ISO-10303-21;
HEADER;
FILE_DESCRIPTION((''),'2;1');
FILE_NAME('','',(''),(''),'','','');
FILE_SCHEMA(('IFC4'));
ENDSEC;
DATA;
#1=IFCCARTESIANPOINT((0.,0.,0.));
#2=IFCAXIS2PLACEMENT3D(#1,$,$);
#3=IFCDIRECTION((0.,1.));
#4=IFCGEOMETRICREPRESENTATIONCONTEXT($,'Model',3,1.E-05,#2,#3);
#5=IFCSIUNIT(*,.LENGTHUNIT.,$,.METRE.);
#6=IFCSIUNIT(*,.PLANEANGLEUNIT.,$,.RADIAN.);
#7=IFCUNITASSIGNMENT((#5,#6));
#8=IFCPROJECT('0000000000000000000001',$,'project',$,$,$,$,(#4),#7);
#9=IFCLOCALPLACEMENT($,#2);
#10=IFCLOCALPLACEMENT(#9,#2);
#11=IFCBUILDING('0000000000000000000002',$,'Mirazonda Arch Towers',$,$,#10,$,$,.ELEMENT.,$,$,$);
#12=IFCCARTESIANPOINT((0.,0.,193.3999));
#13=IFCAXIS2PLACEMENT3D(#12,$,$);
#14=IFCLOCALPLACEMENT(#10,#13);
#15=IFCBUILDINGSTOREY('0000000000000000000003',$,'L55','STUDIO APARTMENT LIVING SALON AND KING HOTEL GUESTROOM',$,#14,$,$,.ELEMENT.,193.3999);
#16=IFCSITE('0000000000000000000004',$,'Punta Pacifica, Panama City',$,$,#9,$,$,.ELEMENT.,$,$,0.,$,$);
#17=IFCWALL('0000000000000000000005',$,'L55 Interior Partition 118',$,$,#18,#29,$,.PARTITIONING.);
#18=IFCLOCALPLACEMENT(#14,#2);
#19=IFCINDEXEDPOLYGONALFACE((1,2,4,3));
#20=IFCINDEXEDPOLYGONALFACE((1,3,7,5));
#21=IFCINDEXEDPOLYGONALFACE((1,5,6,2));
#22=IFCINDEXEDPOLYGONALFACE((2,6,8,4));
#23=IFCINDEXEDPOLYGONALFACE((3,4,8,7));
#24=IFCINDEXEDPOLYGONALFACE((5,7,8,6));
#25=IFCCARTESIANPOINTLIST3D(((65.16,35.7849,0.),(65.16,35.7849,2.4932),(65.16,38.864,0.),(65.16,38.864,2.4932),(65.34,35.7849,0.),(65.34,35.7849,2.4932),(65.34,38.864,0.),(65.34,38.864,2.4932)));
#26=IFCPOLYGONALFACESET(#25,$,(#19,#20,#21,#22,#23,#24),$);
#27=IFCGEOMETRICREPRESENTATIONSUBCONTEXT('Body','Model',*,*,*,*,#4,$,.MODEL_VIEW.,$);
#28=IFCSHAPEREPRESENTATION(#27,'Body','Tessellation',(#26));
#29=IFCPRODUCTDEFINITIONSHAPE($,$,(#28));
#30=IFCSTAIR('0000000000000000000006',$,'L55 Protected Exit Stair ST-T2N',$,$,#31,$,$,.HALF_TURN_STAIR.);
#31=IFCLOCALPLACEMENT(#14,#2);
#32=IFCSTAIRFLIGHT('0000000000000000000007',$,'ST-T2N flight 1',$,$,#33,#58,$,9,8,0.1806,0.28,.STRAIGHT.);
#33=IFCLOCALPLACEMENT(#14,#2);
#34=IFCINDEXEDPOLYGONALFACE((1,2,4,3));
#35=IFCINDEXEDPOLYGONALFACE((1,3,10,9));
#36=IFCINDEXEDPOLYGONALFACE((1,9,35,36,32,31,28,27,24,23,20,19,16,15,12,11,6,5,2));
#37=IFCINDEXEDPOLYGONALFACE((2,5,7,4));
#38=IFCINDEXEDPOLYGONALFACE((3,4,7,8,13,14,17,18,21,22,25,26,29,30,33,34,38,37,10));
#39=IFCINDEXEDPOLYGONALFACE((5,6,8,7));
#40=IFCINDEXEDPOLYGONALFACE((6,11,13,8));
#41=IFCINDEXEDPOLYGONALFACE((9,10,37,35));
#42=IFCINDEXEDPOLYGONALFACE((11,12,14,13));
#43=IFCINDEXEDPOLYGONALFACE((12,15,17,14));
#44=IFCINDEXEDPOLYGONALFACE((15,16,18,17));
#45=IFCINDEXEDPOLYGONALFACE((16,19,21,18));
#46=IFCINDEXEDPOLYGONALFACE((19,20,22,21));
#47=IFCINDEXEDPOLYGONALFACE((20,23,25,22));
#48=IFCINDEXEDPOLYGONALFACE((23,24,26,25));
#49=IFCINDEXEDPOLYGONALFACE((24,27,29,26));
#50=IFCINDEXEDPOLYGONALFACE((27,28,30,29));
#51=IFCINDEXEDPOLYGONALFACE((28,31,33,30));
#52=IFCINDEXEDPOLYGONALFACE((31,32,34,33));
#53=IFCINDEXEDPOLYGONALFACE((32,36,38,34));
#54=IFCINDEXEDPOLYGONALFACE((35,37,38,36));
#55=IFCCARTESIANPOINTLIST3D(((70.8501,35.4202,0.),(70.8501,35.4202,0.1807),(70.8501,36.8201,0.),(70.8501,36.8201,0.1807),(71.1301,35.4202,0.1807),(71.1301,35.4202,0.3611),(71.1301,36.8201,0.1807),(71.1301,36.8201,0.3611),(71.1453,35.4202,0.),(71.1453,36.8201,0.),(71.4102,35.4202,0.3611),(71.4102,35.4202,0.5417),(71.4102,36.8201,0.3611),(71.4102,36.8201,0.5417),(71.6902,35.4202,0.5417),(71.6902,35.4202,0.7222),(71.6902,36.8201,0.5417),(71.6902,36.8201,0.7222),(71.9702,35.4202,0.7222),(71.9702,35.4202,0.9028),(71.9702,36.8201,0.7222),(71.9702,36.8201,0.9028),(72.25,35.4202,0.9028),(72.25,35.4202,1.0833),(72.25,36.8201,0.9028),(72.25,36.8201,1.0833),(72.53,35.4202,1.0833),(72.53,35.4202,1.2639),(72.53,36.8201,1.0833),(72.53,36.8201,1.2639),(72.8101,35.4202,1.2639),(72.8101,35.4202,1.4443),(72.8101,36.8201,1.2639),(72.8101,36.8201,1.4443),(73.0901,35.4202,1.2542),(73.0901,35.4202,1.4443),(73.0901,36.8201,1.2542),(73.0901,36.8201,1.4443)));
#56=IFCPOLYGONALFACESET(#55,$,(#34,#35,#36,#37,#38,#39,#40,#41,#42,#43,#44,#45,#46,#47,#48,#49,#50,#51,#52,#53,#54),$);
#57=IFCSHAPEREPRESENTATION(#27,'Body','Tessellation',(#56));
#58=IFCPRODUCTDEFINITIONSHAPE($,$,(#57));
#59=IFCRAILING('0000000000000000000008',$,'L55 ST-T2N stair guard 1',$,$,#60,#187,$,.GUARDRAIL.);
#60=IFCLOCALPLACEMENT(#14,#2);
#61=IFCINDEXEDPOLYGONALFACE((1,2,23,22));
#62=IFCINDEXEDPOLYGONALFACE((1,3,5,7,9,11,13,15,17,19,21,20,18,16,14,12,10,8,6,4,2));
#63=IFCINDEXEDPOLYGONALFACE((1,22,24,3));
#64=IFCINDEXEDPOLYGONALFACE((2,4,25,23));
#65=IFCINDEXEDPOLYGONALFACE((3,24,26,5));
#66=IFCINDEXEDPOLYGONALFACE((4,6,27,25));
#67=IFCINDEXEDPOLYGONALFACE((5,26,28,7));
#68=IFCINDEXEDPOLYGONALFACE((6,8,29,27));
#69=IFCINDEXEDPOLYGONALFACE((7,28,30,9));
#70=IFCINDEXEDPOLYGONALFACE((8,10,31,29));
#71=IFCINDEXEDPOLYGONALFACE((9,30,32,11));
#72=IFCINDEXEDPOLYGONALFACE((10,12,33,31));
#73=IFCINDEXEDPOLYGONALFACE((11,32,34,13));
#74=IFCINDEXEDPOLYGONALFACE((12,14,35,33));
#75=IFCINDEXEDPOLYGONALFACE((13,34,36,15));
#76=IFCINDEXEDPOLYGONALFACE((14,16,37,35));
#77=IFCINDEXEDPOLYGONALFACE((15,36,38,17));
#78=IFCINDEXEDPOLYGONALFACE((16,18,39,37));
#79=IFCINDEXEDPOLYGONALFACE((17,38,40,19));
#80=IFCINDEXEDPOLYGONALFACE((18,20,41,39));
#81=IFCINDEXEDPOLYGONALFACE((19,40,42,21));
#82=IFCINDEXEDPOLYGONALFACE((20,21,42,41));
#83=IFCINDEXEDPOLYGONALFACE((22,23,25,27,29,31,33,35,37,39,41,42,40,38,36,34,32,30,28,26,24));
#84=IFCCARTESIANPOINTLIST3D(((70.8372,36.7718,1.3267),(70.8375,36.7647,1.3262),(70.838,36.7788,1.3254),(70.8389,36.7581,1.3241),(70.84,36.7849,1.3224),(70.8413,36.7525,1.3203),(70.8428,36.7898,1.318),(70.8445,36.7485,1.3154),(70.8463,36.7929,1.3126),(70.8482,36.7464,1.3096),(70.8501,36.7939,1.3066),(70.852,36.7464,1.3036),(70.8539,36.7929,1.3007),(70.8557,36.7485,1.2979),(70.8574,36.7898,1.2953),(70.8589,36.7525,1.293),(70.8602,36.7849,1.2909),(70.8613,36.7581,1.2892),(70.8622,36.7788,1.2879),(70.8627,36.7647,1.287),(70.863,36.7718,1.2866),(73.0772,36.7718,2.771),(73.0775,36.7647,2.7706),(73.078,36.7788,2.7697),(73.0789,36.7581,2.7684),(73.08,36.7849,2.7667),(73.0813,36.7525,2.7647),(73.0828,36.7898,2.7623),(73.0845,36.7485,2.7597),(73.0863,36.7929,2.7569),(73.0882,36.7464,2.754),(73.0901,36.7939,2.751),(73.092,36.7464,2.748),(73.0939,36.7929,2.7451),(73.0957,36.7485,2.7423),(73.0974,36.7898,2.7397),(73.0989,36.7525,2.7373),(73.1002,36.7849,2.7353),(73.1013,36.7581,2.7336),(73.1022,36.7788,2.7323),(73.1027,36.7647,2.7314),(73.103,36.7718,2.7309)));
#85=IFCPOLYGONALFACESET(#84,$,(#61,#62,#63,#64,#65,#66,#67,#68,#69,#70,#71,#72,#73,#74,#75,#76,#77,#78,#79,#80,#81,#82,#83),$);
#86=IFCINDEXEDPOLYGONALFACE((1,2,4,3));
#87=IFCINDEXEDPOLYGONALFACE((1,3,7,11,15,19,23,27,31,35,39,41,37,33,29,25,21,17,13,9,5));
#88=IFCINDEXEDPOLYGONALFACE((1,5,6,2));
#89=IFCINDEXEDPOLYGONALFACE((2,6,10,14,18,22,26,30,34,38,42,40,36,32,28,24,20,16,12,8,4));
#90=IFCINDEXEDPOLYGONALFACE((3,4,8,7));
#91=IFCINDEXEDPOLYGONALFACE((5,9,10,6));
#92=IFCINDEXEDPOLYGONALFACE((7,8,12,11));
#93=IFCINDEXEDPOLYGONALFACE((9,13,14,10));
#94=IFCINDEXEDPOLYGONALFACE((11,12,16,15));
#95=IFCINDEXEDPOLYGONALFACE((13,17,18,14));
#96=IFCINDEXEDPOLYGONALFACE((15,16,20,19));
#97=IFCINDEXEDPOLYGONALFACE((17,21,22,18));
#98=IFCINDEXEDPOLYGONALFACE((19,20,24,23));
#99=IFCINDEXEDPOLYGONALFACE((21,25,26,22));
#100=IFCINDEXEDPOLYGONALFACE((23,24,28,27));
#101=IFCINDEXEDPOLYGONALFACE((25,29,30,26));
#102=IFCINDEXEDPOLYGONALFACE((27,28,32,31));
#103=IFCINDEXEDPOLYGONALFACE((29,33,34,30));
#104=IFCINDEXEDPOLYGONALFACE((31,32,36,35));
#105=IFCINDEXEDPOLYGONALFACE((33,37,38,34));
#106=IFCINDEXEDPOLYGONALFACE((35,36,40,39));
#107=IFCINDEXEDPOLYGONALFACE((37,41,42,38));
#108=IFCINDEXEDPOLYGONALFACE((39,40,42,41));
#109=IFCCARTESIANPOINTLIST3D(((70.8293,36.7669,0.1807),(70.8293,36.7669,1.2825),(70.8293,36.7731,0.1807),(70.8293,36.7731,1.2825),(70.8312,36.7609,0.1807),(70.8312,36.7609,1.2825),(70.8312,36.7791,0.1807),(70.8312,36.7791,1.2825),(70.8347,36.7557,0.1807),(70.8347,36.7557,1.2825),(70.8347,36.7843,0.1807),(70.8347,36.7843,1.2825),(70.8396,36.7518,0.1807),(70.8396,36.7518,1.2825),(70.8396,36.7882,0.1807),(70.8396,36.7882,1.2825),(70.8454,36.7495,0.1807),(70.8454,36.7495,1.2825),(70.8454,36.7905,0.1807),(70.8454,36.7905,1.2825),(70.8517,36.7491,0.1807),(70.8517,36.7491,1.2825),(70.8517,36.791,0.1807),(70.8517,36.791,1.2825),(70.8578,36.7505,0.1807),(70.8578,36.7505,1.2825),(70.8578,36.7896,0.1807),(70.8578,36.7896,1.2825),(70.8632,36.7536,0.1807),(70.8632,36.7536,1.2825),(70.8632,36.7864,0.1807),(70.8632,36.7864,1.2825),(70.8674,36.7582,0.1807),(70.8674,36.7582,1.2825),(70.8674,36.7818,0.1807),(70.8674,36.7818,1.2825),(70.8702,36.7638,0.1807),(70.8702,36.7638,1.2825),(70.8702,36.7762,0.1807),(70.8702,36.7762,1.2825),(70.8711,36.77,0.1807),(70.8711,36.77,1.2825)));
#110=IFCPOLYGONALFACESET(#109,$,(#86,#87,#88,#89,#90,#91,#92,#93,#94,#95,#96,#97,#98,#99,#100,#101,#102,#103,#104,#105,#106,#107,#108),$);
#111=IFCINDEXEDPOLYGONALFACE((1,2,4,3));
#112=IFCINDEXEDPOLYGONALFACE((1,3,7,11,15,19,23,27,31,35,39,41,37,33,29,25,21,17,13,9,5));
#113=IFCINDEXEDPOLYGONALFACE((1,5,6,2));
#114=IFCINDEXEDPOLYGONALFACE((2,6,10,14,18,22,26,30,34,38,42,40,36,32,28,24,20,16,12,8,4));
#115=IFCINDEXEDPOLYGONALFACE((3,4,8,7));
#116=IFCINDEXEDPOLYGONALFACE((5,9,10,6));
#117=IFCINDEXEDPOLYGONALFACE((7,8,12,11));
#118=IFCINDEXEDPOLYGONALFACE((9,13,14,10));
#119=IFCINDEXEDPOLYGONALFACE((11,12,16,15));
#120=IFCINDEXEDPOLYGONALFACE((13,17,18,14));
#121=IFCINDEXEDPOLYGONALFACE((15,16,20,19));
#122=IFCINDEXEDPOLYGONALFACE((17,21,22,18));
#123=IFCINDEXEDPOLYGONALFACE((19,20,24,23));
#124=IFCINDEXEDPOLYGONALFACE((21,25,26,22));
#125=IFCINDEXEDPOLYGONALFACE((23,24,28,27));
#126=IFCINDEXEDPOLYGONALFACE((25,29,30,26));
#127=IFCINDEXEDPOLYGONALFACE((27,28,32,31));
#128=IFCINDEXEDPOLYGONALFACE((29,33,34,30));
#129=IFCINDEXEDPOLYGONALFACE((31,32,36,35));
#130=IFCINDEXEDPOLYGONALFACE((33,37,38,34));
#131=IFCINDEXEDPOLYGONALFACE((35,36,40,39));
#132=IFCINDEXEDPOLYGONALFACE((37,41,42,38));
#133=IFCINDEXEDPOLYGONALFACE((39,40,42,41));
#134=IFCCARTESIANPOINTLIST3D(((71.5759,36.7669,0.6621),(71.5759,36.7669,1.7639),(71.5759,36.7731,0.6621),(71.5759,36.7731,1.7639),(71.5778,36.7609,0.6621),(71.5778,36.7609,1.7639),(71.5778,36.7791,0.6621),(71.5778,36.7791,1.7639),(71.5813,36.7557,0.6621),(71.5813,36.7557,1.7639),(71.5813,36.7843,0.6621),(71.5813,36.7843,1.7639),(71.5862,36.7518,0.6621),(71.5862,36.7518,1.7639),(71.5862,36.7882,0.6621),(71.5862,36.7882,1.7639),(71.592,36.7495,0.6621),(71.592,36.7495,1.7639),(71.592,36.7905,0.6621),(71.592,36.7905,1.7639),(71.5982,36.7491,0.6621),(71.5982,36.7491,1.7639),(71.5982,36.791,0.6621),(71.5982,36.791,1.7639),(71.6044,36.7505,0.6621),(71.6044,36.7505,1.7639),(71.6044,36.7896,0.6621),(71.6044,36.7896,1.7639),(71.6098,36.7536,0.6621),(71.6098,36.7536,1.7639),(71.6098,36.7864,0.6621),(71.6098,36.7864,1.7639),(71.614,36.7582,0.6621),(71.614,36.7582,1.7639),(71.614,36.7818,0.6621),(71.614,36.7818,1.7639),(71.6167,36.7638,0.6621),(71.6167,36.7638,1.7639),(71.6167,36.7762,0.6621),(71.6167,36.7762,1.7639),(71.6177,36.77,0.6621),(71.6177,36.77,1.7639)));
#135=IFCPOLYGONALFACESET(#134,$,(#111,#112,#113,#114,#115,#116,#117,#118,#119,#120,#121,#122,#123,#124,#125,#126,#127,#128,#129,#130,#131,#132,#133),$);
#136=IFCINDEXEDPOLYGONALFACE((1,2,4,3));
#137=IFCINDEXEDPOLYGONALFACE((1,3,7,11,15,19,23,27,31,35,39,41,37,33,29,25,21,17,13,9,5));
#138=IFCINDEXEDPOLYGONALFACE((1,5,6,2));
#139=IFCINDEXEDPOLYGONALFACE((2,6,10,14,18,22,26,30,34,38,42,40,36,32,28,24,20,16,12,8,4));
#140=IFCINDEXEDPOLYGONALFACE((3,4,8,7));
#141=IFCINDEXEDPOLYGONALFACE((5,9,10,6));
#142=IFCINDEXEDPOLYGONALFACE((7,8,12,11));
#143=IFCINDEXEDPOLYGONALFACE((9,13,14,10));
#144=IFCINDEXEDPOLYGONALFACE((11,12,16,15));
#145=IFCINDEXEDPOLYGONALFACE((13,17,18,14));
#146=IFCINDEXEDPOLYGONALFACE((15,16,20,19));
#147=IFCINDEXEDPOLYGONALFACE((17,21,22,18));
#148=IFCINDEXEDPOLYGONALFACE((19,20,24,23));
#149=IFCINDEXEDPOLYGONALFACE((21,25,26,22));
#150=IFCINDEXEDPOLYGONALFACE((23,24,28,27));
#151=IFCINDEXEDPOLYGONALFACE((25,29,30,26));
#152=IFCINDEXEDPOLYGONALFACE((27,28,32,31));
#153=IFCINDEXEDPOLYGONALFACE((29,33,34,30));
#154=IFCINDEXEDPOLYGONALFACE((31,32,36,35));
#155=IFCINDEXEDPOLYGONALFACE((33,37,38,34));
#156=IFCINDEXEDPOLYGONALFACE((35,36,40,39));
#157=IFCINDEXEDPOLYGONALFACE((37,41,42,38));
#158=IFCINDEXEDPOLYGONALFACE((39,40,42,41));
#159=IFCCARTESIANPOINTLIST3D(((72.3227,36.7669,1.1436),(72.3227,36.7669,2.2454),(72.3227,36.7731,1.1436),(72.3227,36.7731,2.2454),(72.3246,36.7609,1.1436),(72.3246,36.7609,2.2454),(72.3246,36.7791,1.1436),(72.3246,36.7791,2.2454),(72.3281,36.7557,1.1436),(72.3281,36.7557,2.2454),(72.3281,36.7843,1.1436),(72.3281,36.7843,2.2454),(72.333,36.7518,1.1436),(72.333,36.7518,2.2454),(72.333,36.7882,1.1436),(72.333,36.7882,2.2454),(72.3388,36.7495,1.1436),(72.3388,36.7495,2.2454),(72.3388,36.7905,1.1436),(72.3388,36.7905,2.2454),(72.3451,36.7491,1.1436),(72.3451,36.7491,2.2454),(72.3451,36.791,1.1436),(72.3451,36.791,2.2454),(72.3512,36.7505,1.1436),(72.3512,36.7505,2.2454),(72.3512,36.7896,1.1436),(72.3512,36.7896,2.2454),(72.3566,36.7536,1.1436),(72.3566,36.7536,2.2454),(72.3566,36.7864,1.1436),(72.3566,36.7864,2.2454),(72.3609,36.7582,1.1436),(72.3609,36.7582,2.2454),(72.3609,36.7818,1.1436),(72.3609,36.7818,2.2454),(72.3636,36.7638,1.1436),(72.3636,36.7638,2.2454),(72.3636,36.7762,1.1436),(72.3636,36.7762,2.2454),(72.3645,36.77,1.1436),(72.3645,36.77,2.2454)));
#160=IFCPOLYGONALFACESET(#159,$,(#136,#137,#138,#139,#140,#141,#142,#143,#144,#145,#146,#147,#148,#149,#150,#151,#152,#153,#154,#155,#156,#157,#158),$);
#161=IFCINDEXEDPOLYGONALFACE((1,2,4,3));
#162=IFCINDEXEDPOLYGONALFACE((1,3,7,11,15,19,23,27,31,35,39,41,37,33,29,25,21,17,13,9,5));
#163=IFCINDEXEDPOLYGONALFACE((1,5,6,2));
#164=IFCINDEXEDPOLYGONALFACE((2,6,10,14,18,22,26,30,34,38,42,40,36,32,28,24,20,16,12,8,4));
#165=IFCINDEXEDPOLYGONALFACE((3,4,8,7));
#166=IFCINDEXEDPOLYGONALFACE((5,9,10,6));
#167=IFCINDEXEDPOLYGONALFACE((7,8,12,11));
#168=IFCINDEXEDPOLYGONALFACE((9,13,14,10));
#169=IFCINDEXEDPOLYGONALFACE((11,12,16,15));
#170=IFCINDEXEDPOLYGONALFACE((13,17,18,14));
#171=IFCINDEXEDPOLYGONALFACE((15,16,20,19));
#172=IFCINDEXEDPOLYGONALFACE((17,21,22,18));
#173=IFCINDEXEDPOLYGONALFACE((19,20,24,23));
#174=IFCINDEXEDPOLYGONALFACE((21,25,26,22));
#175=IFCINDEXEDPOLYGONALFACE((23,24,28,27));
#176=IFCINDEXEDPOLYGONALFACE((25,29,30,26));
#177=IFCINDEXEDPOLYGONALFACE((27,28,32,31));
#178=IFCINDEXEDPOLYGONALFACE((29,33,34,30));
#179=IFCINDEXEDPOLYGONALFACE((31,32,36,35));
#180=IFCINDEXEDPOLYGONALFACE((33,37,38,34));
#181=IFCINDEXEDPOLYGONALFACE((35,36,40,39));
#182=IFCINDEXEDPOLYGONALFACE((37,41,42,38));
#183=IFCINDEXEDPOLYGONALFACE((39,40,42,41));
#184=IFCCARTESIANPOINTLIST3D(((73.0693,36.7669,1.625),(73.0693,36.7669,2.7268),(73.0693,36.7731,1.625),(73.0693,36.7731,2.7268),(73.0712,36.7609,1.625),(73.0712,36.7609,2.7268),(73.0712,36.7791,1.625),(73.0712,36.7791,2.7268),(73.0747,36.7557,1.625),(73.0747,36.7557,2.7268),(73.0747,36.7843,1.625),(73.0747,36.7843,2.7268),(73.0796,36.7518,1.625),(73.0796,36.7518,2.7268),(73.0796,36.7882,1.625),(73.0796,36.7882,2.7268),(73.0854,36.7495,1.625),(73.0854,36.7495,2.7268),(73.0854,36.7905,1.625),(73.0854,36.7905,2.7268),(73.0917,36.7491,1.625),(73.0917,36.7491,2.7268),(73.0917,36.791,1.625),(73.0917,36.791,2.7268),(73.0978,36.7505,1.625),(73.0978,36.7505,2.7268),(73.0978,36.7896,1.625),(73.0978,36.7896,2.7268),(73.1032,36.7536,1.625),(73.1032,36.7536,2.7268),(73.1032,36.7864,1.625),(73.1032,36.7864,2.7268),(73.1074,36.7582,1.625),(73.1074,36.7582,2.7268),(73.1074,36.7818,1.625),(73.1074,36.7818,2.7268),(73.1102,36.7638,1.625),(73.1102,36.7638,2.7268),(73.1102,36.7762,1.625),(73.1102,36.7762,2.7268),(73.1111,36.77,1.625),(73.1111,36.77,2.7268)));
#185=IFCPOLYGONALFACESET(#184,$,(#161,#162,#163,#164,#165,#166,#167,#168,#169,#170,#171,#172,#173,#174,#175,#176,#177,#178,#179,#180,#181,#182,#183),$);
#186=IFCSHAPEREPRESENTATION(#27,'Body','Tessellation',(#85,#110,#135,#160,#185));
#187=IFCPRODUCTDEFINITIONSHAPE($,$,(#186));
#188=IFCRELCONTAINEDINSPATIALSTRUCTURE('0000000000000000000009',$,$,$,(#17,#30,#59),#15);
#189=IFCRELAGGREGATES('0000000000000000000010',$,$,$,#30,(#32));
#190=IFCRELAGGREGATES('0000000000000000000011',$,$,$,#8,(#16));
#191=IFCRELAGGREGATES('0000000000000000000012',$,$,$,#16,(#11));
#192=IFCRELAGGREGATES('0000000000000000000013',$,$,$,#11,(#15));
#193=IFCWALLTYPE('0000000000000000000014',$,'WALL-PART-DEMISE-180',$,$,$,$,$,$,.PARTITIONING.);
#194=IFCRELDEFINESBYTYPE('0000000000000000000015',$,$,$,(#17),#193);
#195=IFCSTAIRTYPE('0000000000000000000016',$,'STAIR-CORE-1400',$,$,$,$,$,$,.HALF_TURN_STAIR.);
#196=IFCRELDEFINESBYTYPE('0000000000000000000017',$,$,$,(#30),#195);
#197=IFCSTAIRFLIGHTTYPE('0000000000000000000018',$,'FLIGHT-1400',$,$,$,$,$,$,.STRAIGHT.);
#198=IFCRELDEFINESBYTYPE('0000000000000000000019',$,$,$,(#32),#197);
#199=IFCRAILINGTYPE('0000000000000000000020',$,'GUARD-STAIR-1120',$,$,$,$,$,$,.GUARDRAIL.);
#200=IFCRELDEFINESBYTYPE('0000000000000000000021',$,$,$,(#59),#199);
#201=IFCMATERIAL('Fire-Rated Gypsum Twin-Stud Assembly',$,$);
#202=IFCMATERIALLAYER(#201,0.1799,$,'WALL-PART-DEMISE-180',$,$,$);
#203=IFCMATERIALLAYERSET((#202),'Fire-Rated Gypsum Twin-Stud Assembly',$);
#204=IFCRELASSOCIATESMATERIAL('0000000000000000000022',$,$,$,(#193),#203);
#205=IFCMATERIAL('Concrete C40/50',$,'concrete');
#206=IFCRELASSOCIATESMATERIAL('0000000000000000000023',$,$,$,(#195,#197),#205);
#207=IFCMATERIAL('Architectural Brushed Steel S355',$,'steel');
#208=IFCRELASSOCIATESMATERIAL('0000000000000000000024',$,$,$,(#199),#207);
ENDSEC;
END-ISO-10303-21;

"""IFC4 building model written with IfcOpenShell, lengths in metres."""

from ifc_helpers import new_model, si_unit, direction, frame, frame_2d, origin, origin_2d, place, context, subcontext, project, spatial, polyline, rectangle, circle, outline, extrude, material, layer, layer_set, type_object, element, aggregate, save


model = new_model("IFC4")

# Units and contexts
model_context = context("Model", 3, precision=1e-05, world=origin(), true_north=direction((0.0, 1.0)))
body_context = subcontext(model_context, "Body", "Model", "MODEL_VIEW")
ifc_project = project(units=[si_unit("LENGTHUNIT", "METRE"), si_unit("PLANEANGLEUNIT", "RADIAN")], contexts=[model_context])

# Site, building, storey
site_placement = place(None, origin())
site = spatial("IfcSite", under=ifc_project, at=site_placement, Name="Punta Pacifica, Panama City", CompositionType="ELEMENT", RefElevation=0.0)
building_placement = place(site_placement, origin())
building = spatial("IfcBuilding", under=site, at=building_placement, Name="Mirazonda Arch Towers", CompositionType="ELEMENT")
storey_placement = place(building_placement, frame((0.0, 0.0, 193.3999)))
storey = spatial("IfcBuildingStorey", under=building, at=storey_placement, Name="L55", Description="STUDIO APARTMENT LIVING SALON AND KING HOTEL GUESTROOM", CompositionType="ELEMENT", Elevation=193.3999)

# Wall
ifc_material_1 = material(Name="Fire-Rated Gypsum Twin-Stud Assembly")
ifc_layer_1 = layer(ifc_material_1, 0.1799, Name="WALL-PART-DEMISE-180")
ifc_layer_set_1 = layer_set([ifc_layer_1], Name="Fire-Rated Gypsum Twin-Stud Assembly")
wall_type_1 = type_object("IfcWallType", Name="WALL-PART-DEMISE-180", PredefinedType="PARTITIONING", material=ifc_layer_set_1)
wall_1_placement = place(storey_placement, frame((65.25, 35.7849, 0.0), z_axis=(0.0, 0.0, 1.0), x_axis=(0.0, 1.0, 0.0)))
element("IfcWall", 1, at=wall_1_placement, inside=storey, type_object=wall_type_1, Name="L55 Interior Partition 118", PredefinedType="PARTITIONING", context=body_context, shape_type="SweptSolid", body=[
    extrude(rectangle(XDim=3.0791, YDim=0.1799, at=frame_2d((1.5396, 0.0))), origin(), (0.0, 0.0, 1.0), 2.4932),
])

# Stair, stair flight
ifc_material_2 = material(Name="Concrete C40/50", Category="concrete")
stair_type = type_object("IfcStairType", Name="STAIR-CORE-1400", PredefinedType="HALF_TURN_STAIR", material=ifc_material_2)
stair_placement = place(storey_placement, origin())
stair = element("IfcStair", 2, at=stair_placement, inside=storey, type_object=stair_type, Name="L55 Protected Exit Stair ST-T2N", PredefinedType="HALF_TURN_STAIR")
stair_flight_type = type_object("IfcStairFlightType", Name="FLIGHT-1400", PredefinedType="STRAIGHT", material=ifc_material_2)
stair_flight_placement = place(storey_placement, frame((70.8501, 36.1201, 0.0), z_axis=(0.0, 0.0, 1.0), x_axis=(1.0, 0.0, 0.0)))
stair_flight = element("IfcStairFlight", 3, at=stair_flight_placement, type_object=stair_flight_type, Name="ST-T2N flight 1", NumberOfRisers=9, NumberOfTreads=8, PredefinedType="STRAIGHT", RiserHeight=0.1806, TreadLength=0.28, context=body_context, shape_type="SweptSolid", body=[
    extrude(outline(polyline([(0.0, 0.0), (0.0, 0.1807), (0.28, 0.1807), (0.28, 0.3611), (0.5601, 0.3611), (0.5601, 0.5417), (0.8401, 0.5417), (0.8401, 0.7222), (1.1201, 0.7222), (1.1201, 0.9028), (1.3999, 0.9028), (1.3999, 1.0833), (1.6799, 1.0833), (1.6799, 1.2639), (1.96, 1.2639), (1.96, 1.4443), (2.24, 1.4443), (2.24, 1.625), (2.24, 1.2542), (0.2952, 0.0), (0.0, 0.0)])), frame((0.0, 0.7, 0.0), z_axis=(0.0, -1.0, 0.0), x_axis=(1.0, 0.0, 0.0)), (0.0, 0.0, 1.0), 1.3999),
])
aggregate(stair, [stair_flight])

# Railing
ifc_material_3 = material(Name="Architectural Brushed Steel S355", Category="steel")
railing_type_1 = type_object("IfcRailingType", Name="GUARD-STAIR-1120", PredefinedType="GUARDRAIL", material=ifc_material_3)
railing_1_placement = place(storey_placement, frame((70.8501, 36.77, 0.1807)))
element("IfcRailing", 4, at=railing_1_placement, inside=storey, type_object=railing_type_1, Name="L55 ST-T2N stair guard 1", PredefinedType="GUARDRAIL", context=body_context, shape_type="SweptSolid", body=[
    extrude(circle(Radius=0.0239, at=origin_2d()), frame((0.0, 0.0, 1.126), z_axis=(0.840437, 0.0, 0.54191), x_axis=(0.0, 1.0, 0.0)), (0.0, 0.0, 1.0), 2.6653),
    extrude(circle(Radius=0.021, at=origin_2d()), origin(), (0.0, 0.0, 1.0), 1.1018),
    extrude(circle(Radius=0.021, at=origin_2d()), frame((0.7466, 0.0, 0.4814)), (0.0, 0.0, 1.0), 1.1018),
    extrude(circle(Radius=0.021, at=origin_2d()), frame((1.4934, 0.0, 0.9629)), (0.0, 0.0, 1.0), 1.1018),
    extrude(circle(Radius=0.021, at=origin_2d()), frame((2.24, 0.0, 1.4443)), (0.0, 0.0, 1.0), 1.1018),
])

save(model, "model.ifc")
